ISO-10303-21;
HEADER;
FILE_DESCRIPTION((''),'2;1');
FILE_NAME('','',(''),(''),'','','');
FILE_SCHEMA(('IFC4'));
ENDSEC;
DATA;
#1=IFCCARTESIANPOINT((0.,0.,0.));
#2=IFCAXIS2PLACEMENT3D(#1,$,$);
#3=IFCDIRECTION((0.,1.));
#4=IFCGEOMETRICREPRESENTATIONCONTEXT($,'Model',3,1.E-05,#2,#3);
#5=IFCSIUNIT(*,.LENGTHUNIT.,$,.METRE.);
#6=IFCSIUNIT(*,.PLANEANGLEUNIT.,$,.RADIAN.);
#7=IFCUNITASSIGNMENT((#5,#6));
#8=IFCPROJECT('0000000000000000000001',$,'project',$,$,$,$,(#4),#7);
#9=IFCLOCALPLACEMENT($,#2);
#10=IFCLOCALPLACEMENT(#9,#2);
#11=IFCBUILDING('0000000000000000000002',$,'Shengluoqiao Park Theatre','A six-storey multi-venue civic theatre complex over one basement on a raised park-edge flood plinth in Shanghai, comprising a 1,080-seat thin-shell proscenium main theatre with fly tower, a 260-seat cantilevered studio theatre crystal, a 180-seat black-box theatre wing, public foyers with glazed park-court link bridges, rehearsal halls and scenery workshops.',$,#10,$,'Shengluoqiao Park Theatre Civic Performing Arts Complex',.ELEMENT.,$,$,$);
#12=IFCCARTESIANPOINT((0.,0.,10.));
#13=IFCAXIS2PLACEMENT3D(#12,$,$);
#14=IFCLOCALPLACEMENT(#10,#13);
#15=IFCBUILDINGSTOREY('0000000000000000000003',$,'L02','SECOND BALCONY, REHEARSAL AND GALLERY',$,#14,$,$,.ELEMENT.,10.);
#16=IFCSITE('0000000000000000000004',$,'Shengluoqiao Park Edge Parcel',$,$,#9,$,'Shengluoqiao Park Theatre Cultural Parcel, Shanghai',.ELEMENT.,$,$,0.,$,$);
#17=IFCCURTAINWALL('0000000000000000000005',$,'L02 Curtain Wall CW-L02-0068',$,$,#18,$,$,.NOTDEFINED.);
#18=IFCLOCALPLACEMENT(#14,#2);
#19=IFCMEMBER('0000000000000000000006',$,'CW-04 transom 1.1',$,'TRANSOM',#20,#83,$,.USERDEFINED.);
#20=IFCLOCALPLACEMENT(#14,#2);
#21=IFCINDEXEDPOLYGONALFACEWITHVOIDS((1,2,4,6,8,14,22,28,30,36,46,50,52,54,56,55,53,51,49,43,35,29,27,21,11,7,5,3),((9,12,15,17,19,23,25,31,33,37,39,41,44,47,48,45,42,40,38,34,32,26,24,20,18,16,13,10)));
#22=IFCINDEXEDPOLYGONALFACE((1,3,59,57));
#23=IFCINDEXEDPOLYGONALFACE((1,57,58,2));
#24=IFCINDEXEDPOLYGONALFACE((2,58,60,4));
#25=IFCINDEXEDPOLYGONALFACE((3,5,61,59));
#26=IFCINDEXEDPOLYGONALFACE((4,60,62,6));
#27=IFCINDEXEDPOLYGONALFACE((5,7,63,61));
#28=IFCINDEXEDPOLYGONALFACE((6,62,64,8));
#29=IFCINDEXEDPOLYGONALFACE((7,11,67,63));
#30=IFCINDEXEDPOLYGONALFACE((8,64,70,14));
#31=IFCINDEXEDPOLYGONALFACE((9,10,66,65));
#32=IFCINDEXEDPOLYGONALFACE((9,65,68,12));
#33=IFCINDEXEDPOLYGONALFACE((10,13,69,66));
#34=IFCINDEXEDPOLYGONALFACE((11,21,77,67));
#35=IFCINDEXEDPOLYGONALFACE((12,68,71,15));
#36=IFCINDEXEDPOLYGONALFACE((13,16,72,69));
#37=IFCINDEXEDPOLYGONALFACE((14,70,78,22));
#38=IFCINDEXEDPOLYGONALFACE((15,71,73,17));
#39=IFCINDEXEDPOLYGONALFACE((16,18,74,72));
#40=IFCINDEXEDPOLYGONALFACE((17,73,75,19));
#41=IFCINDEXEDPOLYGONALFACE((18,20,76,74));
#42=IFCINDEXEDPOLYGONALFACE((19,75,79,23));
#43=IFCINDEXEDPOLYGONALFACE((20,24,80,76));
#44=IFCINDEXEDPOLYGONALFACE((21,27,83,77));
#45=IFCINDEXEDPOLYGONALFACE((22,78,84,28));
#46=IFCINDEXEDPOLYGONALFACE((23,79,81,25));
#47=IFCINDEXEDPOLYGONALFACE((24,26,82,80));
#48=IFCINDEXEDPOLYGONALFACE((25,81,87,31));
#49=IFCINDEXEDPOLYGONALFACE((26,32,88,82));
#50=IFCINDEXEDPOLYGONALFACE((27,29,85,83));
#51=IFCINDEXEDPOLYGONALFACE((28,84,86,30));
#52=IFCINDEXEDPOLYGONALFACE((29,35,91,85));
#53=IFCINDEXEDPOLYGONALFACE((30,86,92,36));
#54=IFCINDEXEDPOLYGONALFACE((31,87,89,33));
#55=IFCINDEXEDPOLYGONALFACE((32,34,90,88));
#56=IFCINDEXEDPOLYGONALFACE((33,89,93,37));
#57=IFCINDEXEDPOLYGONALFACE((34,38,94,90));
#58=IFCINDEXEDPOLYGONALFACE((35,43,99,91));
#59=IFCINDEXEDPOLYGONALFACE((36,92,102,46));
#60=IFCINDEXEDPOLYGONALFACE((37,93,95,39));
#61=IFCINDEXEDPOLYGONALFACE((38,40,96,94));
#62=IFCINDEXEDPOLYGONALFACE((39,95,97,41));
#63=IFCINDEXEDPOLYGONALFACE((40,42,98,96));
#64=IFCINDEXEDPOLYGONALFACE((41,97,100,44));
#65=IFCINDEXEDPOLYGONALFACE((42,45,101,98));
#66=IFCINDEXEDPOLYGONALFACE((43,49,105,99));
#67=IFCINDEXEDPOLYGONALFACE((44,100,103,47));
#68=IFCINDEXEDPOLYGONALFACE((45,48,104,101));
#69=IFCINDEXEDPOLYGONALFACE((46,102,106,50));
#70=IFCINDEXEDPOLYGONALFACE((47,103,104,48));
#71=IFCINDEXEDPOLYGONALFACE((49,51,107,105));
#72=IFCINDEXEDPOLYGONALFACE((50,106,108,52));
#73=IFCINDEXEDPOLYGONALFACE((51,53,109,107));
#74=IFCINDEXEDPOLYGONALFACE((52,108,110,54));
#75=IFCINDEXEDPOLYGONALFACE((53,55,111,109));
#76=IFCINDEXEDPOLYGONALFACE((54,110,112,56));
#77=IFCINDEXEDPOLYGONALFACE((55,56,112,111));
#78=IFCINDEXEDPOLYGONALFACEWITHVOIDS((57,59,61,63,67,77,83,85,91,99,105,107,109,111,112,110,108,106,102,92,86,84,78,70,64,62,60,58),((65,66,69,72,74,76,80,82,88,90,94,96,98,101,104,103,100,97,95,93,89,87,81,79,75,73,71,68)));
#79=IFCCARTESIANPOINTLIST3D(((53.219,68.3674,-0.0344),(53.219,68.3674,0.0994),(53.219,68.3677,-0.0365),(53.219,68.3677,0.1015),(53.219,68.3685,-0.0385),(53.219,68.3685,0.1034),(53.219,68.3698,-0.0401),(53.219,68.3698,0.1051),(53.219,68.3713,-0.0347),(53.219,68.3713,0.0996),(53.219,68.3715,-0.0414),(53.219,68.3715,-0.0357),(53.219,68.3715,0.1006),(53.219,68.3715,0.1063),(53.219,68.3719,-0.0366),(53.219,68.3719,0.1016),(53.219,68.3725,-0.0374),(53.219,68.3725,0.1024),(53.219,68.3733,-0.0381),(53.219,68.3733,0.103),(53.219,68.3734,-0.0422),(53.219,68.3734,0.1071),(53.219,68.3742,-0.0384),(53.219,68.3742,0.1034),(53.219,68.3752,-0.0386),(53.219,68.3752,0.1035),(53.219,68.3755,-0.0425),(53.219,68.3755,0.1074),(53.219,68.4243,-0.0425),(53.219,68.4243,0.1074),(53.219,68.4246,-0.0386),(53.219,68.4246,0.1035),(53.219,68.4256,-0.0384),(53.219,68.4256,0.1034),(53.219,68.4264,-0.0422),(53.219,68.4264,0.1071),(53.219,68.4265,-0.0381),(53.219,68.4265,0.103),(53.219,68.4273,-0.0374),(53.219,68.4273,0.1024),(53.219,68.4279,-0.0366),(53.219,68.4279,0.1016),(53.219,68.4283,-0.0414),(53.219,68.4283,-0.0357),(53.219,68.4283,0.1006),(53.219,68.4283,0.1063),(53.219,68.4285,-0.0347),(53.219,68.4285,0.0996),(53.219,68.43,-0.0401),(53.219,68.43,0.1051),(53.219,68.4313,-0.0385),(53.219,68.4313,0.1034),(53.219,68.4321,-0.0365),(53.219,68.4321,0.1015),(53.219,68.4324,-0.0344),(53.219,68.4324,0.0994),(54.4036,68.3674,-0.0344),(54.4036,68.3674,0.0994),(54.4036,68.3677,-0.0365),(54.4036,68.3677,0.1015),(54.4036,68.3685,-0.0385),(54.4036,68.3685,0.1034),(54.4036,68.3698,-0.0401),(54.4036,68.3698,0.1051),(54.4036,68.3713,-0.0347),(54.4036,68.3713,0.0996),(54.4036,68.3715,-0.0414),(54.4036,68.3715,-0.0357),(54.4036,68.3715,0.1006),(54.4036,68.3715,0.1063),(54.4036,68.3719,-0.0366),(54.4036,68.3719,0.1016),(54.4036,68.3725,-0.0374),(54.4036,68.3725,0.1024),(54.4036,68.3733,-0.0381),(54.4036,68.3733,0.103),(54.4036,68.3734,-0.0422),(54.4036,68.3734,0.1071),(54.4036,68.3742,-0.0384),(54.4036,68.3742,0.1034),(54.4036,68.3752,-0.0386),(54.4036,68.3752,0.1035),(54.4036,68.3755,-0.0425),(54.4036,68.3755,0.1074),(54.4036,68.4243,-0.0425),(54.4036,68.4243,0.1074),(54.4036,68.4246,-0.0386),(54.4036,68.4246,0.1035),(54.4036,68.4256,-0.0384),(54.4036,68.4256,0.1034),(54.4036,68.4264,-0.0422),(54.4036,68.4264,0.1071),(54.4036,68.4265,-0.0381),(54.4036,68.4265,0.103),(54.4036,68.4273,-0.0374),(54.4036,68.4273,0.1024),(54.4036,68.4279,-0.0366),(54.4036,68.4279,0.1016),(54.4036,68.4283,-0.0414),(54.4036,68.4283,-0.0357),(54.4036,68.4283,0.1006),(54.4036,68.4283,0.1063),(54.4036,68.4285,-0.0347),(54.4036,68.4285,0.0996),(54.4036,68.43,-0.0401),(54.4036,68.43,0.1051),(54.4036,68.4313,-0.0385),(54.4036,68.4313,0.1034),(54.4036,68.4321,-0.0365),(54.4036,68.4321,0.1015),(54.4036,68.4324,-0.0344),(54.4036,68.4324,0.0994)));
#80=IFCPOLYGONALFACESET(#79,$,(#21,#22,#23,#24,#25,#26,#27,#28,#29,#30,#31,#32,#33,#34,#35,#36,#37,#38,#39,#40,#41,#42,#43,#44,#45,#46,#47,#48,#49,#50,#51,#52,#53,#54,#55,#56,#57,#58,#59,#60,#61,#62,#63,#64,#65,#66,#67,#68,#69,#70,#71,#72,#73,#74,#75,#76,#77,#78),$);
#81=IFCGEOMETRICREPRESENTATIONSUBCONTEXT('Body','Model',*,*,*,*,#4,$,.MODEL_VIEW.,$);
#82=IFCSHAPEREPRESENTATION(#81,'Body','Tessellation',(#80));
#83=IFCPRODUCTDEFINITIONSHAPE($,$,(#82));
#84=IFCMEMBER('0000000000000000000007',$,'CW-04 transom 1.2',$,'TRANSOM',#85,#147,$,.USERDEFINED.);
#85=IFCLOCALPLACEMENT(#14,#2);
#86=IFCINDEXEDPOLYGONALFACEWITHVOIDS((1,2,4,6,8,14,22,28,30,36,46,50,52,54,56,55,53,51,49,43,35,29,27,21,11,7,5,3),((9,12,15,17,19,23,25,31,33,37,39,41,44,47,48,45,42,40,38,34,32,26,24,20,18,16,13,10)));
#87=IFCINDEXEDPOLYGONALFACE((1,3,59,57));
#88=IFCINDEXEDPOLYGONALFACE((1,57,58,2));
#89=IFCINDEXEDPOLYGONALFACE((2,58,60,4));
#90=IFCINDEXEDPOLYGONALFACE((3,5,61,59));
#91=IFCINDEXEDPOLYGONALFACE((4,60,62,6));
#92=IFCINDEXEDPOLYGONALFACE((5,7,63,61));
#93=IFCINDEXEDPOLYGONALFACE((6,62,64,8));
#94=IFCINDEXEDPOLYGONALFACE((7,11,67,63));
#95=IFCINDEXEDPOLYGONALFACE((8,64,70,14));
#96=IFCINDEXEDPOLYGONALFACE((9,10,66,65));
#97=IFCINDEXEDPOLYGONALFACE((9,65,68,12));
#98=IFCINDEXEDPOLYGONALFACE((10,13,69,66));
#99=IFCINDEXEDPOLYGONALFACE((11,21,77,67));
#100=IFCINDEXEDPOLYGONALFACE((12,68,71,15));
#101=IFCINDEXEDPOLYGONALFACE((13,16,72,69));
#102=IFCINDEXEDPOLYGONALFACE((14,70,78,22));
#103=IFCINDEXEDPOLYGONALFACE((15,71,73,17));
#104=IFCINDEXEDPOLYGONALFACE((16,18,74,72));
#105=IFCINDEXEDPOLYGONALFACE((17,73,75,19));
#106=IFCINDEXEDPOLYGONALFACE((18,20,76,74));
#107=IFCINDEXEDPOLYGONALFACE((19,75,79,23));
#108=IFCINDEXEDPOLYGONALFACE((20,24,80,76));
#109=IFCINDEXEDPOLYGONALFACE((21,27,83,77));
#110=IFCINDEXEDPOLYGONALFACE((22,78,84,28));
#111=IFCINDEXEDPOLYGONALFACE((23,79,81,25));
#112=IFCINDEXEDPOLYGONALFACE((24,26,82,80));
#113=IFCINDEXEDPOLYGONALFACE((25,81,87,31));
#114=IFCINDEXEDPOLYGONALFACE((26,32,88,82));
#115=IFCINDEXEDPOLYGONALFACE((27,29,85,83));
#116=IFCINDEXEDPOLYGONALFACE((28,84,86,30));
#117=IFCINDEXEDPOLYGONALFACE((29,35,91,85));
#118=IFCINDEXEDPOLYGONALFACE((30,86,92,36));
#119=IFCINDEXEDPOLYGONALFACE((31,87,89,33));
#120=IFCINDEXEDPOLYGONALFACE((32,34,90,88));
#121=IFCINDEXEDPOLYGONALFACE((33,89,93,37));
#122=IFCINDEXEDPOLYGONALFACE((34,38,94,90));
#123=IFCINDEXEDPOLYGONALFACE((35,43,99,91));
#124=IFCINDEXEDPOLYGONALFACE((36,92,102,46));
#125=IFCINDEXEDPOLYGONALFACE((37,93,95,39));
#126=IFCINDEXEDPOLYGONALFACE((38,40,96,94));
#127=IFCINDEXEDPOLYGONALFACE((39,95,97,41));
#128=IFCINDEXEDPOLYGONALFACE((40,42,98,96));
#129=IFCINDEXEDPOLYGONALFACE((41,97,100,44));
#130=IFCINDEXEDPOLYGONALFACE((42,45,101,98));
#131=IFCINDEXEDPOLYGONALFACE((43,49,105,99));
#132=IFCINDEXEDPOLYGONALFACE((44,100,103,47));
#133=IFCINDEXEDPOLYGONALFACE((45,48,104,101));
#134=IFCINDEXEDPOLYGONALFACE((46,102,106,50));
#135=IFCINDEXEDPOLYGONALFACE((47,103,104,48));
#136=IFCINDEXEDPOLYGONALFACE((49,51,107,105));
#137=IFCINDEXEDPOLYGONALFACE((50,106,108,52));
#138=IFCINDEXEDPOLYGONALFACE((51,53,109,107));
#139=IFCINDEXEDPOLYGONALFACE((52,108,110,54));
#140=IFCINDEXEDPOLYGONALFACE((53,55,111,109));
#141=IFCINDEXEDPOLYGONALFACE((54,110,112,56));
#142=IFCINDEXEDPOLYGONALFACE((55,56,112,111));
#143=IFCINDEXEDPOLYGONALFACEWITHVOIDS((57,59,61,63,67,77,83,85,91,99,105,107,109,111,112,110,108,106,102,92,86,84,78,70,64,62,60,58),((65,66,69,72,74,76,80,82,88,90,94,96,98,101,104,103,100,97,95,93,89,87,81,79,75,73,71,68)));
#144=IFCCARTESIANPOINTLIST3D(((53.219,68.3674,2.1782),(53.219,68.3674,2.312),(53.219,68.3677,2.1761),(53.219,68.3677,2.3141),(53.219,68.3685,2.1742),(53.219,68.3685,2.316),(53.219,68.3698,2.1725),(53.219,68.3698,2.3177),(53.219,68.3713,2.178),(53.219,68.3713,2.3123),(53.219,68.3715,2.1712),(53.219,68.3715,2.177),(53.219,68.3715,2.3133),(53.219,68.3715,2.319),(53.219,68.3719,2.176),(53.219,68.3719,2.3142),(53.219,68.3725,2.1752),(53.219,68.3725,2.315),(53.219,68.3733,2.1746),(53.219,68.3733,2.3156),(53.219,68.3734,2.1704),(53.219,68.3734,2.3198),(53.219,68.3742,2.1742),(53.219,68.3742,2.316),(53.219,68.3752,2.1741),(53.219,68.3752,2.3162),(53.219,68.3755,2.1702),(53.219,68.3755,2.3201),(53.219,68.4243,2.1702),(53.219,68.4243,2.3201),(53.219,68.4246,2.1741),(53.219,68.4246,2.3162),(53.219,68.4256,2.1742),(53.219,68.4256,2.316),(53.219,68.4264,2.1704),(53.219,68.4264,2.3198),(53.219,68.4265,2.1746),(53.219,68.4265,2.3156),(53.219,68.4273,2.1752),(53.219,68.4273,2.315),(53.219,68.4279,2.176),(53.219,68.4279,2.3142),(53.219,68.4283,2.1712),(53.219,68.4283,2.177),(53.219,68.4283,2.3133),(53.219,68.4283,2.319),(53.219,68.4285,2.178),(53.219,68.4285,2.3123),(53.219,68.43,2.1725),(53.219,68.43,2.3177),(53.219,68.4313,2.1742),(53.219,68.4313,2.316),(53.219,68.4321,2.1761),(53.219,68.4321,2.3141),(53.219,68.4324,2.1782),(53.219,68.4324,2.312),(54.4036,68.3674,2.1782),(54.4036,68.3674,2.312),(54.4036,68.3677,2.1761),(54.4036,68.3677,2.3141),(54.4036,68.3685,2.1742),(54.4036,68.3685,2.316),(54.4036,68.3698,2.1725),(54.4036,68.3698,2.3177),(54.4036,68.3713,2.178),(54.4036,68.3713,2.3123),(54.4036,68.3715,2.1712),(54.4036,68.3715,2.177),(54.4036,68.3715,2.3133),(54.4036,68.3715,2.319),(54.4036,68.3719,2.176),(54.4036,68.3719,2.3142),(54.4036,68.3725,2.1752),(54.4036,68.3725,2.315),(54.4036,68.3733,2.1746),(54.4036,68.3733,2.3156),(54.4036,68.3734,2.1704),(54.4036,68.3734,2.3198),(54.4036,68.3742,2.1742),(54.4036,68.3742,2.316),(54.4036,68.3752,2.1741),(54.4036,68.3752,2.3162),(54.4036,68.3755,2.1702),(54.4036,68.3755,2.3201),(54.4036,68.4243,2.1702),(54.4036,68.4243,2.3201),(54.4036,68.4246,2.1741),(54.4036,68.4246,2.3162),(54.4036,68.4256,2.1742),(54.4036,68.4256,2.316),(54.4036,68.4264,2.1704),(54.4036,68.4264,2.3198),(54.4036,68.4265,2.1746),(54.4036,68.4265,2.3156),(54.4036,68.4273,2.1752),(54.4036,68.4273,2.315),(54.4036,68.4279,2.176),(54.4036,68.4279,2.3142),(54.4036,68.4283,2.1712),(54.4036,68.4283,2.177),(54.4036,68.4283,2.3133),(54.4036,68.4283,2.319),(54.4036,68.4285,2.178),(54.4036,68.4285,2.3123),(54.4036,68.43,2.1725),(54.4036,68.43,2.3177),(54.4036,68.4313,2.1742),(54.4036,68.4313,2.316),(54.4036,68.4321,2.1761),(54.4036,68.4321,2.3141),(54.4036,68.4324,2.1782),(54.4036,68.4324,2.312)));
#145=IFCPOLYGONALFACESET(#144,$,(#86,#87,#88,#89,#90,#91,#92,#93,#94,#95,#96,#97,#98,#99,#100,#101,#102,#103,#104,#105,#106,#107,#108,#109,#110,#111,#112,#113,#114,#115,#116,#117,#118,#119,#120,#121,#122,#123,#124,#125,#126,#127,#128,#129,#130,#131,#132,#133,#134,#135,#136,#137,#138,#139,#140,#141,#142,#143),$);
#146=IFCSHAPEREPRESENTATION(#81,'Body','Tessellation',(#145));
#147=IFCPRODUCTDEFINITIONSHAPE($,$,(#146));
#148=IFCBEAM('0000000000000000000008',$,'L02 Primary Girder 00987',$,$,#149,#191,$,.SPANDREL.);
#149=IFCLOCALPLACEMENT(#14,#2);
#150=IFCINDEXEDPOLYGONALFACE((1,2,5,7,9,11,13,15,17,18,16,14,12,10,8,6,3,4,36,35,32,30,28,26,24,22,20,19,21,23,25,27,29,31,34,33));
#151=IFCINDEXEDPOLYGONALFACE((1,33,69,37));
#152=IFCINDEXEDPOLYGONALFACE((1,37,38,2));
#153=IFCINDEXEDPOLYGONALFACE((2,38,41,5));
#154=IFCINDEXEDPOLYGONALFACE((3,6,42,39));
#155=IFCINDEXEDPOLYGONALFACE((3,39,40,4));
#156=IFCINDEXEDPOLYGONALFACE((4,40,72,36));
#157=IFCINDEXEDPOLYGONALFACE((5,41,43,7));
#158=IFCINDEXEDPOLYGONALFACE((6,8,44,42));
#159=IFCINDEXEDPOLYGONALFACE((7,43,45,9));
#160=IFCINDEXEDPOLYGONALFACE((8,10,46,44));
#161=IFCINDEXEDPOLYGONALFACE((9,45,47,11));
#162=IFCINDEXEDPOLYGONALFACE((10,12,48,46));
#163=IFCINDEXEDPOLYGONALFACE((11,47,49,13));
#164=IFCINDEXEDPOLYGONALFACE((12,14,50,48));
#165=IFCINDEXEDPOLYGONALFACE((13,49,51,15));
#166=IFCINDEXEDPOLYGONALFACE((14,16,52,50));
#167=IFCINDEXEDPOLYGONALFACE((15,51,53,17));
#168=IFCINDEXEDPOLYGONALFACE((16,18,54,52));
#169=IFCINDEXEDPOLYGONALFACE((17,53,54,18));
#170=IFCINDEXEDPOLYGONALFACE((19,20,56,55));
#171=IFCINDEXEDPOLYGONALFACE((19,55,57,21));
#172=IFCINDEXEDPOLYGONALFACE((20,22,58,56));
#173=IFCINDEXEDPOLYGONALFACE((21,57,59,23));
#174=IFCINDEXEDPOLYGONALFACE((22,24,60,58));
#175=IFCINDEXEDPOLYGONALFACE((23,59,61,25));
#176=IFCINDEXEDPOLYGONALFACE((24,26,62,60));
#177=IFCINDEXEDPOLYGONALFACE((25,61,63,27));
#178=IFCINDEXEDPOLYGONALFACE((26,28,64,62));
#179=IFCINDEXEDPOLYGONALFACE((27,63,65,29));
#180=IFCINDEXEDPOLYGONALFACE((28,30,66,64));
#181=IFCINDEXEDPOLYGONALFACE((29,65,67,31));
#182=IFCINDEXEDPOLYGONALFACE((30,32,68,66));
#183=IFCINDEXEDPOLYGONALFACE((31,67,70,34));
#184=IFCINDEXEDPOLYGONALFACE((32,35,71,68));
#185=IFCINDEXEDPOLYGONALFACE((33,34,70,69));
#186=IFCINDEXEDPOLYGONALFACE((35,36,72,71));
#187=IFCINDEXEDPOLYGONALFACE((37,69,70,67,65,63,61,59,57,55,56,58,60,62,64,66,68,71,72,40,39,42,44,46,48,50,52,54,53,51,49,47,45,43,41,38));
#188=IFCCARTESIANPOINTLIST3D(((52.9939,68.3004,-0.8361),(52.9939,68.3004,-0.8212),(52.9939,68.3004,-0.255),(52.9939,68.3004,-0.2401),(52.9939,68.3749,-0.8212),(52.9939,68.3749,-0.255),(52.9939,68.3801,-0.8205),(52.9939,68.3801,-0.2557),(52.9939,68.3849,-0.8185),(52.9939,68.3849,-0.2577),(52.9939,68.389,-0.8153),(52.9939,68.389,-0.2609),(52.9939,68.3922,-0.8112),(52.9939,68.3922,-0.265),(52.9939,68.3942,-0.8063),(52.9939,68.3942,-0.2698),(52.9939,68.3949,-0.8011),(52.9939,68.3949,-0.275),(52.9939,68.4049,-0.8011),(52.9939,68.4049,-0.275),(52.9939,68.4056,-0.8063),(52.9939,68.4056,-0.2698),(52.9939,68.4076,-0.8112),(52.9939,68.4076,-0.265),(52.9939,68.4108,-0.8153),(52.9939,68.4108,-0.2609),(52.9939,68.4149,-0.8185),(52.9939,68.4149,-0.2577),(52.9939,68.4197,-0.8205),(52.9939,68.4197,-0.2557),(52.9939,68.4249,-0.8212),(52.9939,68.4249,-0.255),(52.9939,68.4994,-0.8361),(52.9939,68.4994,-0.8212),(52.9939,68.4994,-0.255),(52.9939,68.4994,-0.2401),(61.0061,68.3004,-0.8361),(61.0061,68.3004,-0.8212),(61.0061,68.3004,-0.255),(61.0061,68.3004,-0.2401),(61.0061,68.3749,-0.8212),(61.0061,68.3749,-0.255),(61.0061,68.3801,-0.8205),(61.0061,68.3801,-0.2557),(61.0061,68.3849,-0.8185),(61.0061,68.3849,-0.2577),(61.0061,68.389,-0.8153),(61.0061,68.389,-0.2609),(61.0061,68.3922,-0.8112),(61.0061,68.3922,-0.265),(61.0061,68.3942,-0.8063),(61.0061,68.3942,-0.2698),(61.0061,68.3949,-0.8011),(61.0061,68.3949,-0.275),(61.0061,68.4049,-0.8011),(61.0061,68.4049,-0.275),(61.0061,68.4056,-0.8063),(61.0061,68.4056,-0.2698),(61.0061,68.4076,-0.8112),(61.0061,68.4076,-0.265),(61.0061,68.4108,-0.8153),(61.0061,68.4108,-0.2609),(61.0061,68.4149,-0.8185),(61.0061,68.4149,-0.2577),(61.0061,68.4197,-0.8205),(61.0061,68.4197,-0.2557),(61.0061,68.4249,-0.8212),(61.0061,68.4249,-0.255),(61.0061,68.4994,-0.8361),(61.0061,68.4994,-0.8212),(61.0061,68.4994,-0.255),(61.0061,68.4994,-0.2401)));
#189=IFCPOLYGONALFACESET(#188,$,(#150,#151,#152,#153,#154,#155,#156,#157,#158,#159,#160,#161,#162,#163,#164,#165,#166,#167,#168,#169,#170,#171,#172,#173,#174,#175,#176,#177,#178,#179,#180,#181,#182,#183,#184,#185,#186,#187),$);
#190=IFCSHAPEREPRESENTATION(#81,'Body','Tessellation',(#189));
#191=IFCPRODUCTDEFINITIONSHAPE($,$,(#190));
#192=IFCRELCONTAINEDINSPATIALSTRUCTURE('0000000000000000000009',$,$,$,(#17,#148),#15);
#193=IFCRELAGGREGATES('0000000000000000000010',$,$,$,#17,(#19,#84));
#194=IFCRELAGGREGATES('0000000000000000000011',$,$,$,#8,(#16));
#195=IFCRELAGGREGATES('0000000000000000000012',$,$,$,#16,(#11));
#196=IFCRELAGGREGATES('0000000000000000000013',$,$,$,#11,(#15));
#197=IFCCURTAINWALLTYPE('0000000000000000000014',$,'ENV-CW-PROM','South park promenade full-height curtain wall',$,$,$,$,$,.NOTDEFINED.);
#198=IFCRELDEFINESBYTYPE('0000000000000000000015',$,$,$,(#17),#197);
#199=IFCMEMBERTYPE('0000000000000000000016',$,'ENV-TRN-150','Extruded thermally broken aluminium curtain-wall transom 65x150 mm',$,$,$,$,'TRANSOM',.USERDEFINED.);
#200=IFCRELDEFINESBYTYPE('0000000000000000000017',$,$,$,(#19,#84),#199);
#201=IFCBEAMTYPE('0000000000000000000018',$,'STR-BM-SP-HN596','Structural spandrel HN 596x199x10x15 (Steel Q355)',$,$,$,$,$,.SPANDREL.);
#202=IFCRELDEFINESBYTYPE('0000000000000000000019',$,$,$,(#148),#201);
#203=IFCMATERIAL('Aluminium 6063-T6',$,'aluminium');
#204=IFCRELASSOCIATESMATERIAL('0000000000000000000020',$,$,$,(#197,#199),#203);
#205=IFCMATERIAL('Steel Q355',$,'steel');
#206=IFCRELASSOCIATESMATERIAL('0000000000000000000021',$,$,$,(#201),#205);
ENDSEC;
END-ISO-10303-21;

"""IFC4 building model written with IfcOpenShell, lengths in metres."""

from ifc_helpers import new_model, si_unit, direction, frame, origin, origin_2d, place, context, subcontext, project, spatial, hollow_rectangle, i_section, extrude, material, material_profile, profile_set, type_object, element, aggregate, save


model = new_model("IFC4")

# Units and contexts
model_context = context("Model", 3, precision=1e-05, world=origin(), true_north=direction((0.0, 1.0)))
body_context = subcontext(model_context, "Body", "Model", "MODEL_VIEW")
ifc_project = project(units=[si_unit("LENGTHUNIT", "METRE"), si_unit("PLANEANGLEUNIT", "RADIAN")], contexts=[model_context])

# Site, building, storey
site_placement = place(None, origin())
site = spatial("IfcSite", under=ifc_project, at=site_placement, Name="Shengluoqiao Park Edge Parcel", LongName="Shengluoqiao Park Theatre Cultural Parcel, Shanghai", CompositionType="ELEMENT", RefElevation=0.0)
building_placement = place(site_placement, origin())
building = spatial("IfcBuilding", under=site, at=building_placement, Name="Shengluoqiao Park Theatre", Description="A six-storey multi-venue civic theatre complex over one basement on a raised park-edge flood plinth in Shanghai, comprising a 1,080-seat thin-shell proscenium main theatre with fly tower, a 260-seat cantilevered studio theatre crystal, a 180-seat black-box theatre wing, public foyers with glazed park-court link bridges, rehearsal halls and scenery workshops.", LongName="Shengluoqiao Park Theatre Civic Performing Arts Complex", CompositionType="ELEMENT")
storey_placement = place(building_placement, frame((0.0, 0.0, 10.0)))
storey = spatial("IfcBuildingStorey", under=building, at=storey_placement, Name="L02", Description="SECOND BALCONY, REHEARSAL AND GALLERY", CompositionType="ELEMENT", Elevation=10.0)

# Shared definitions
ifc_material_1 = material(Name="Aluminium 6063-T6", Category="aluminium")
curtain_wall_type = type_object("IfcCurtainWallType", Name="ENV-CW-PROM", Description="South park promenade full-height curtain wall", PredefinedType="NOTDEFINED", material=ifc_material_1)

# Curtain wall
curtain_wall_1_placement = place(storey_placement, origin())
curtain_wall_1 = element("IfcCurtainWall", 1, at=curtain_wall_1_placement, inside=storey, type_object=curtain_wall_type, Name="L02 Curtain Wall CW-L02-0068", PredefinedType="NOTDEFINED")

# Members
ifc_material_profile_1 = material_profile(ifc_material_1, hollow_rectangle(XDim=0.0649, YDim=0.1499, WallThickness=0.0039, InnerFilletRadius=0.0039, OuterFilletRadius=0.0081, at=origin_2d()), Name="ALU TRANSOM 150x65x4")
ifc_profile_set_1 = profile_set([ifc_material_profile_1], Name="Aluminium 6063-T6")
member_type_1 = type_object("IfcMemberType", Name="ENV-TRN-150", Description="Extruded thermally broken aluminium curtain-wall transom 65x150 mm", ElementType="TRANSOM", PredefinedType="USERDEFINED", material=ifc_profile_set_1)
member_1_placement = place(storey_placement, frame((53.219, 68.3999, 0.0325), z_axis=(1.0, 0.0, 0.0), x_axis=(0.0, 1.0, 0.0)))
member_1 = element("IfcMember", 2, at=member_1_placement, type_object=member_type_1, Name="CW-04 transom 1.1", ObjectType="TRANSOM", PredefinedType="USERDEFINED", context=body_context, shape_type="SweptSolid", body=[
    extrude(hollow_rectangle(XDim=0.0649, YDim=0.1499, WallThickness=0.0039, InnerFilletRadius=0.0039, OuterFilletRadius=0.0081, at=origin_2d()), origin(), (0.0, 0.0, 1.0), 1.1846),
])
member_2_placement = place(storey_placement, frame((53.219, 68.3999, 2.2451), z_axis=(1.0, 0.0, 0.0), x_axis=(0.0, 1.0, 0.0)))
member_2 = element("IfcMember", 3, at=member_2_placement, type_object=member_type_1, Name="CW-04 transom 1.2", ObjectType="TRANSOM", PredefinedType="USERDEFINED", context=body_context, shape_type="SweptSolid", body=[
    extrude(hollow_rectangle(XDim=0.0649, YDim=0.1499, WallThickness=0.0039, InnerFilletRadius=0.0039, OuterFilletRadius=0.0081, at=origin_2d()), origin(), (0.0, 0.0, 1.0), 1.1846),
])
aggregate(curtain_wall_1, [member_1, member_2])

# Beam
ifc_material_2 = material(Name="Steel Q355", Category="steel")
ifc_material_profile_2 = material_profile(ifc_material_2, i_section(OverallWidth=0.199, OverallDepth=0.5959, WebThickness=0.01, FlangeThickness=0.0149, FilletRadius=0.02, at=origin_2d()), Name="HN 596x199x10x15")
ifc_profile_set_2 = profile_set([ifc_material_profile_2], Name="Steel Q355")
beam_type = type_object("IfcBeamType", Name="STR-BM-SP-HN596", Description="Structural spandrel HN 596x199x10x15 (Steel Q355)", PredefinedType="SPANDREL", material=ifc_profile_set_2)
beam_1_placement = place(storey_placement, frame((52.9939, 68.3999, -0.5381), z_axis=(1.0, 0.0, 0.0), x_axis=(0.0, 1.0, 0.0)))
element("IfcBeam", 4, at=beam_1_placement, inside=storey, type_object=beam_type, Name="L02 Primary Girder 00987", PredefinedType="SPANDREL", context=body_context, shape_type="SweptSolid", body=[
    extrude(i_section(OverallWidth=0.199, OverallDepth=0.5959, WebThickness=0.01, FlangeThickness=0.0149, FilletRadius=0.02, at=origin_2d()), origin(), (0.0, 0.0, 1.0), 8.0122),
])

save(model, "model.ifc")
